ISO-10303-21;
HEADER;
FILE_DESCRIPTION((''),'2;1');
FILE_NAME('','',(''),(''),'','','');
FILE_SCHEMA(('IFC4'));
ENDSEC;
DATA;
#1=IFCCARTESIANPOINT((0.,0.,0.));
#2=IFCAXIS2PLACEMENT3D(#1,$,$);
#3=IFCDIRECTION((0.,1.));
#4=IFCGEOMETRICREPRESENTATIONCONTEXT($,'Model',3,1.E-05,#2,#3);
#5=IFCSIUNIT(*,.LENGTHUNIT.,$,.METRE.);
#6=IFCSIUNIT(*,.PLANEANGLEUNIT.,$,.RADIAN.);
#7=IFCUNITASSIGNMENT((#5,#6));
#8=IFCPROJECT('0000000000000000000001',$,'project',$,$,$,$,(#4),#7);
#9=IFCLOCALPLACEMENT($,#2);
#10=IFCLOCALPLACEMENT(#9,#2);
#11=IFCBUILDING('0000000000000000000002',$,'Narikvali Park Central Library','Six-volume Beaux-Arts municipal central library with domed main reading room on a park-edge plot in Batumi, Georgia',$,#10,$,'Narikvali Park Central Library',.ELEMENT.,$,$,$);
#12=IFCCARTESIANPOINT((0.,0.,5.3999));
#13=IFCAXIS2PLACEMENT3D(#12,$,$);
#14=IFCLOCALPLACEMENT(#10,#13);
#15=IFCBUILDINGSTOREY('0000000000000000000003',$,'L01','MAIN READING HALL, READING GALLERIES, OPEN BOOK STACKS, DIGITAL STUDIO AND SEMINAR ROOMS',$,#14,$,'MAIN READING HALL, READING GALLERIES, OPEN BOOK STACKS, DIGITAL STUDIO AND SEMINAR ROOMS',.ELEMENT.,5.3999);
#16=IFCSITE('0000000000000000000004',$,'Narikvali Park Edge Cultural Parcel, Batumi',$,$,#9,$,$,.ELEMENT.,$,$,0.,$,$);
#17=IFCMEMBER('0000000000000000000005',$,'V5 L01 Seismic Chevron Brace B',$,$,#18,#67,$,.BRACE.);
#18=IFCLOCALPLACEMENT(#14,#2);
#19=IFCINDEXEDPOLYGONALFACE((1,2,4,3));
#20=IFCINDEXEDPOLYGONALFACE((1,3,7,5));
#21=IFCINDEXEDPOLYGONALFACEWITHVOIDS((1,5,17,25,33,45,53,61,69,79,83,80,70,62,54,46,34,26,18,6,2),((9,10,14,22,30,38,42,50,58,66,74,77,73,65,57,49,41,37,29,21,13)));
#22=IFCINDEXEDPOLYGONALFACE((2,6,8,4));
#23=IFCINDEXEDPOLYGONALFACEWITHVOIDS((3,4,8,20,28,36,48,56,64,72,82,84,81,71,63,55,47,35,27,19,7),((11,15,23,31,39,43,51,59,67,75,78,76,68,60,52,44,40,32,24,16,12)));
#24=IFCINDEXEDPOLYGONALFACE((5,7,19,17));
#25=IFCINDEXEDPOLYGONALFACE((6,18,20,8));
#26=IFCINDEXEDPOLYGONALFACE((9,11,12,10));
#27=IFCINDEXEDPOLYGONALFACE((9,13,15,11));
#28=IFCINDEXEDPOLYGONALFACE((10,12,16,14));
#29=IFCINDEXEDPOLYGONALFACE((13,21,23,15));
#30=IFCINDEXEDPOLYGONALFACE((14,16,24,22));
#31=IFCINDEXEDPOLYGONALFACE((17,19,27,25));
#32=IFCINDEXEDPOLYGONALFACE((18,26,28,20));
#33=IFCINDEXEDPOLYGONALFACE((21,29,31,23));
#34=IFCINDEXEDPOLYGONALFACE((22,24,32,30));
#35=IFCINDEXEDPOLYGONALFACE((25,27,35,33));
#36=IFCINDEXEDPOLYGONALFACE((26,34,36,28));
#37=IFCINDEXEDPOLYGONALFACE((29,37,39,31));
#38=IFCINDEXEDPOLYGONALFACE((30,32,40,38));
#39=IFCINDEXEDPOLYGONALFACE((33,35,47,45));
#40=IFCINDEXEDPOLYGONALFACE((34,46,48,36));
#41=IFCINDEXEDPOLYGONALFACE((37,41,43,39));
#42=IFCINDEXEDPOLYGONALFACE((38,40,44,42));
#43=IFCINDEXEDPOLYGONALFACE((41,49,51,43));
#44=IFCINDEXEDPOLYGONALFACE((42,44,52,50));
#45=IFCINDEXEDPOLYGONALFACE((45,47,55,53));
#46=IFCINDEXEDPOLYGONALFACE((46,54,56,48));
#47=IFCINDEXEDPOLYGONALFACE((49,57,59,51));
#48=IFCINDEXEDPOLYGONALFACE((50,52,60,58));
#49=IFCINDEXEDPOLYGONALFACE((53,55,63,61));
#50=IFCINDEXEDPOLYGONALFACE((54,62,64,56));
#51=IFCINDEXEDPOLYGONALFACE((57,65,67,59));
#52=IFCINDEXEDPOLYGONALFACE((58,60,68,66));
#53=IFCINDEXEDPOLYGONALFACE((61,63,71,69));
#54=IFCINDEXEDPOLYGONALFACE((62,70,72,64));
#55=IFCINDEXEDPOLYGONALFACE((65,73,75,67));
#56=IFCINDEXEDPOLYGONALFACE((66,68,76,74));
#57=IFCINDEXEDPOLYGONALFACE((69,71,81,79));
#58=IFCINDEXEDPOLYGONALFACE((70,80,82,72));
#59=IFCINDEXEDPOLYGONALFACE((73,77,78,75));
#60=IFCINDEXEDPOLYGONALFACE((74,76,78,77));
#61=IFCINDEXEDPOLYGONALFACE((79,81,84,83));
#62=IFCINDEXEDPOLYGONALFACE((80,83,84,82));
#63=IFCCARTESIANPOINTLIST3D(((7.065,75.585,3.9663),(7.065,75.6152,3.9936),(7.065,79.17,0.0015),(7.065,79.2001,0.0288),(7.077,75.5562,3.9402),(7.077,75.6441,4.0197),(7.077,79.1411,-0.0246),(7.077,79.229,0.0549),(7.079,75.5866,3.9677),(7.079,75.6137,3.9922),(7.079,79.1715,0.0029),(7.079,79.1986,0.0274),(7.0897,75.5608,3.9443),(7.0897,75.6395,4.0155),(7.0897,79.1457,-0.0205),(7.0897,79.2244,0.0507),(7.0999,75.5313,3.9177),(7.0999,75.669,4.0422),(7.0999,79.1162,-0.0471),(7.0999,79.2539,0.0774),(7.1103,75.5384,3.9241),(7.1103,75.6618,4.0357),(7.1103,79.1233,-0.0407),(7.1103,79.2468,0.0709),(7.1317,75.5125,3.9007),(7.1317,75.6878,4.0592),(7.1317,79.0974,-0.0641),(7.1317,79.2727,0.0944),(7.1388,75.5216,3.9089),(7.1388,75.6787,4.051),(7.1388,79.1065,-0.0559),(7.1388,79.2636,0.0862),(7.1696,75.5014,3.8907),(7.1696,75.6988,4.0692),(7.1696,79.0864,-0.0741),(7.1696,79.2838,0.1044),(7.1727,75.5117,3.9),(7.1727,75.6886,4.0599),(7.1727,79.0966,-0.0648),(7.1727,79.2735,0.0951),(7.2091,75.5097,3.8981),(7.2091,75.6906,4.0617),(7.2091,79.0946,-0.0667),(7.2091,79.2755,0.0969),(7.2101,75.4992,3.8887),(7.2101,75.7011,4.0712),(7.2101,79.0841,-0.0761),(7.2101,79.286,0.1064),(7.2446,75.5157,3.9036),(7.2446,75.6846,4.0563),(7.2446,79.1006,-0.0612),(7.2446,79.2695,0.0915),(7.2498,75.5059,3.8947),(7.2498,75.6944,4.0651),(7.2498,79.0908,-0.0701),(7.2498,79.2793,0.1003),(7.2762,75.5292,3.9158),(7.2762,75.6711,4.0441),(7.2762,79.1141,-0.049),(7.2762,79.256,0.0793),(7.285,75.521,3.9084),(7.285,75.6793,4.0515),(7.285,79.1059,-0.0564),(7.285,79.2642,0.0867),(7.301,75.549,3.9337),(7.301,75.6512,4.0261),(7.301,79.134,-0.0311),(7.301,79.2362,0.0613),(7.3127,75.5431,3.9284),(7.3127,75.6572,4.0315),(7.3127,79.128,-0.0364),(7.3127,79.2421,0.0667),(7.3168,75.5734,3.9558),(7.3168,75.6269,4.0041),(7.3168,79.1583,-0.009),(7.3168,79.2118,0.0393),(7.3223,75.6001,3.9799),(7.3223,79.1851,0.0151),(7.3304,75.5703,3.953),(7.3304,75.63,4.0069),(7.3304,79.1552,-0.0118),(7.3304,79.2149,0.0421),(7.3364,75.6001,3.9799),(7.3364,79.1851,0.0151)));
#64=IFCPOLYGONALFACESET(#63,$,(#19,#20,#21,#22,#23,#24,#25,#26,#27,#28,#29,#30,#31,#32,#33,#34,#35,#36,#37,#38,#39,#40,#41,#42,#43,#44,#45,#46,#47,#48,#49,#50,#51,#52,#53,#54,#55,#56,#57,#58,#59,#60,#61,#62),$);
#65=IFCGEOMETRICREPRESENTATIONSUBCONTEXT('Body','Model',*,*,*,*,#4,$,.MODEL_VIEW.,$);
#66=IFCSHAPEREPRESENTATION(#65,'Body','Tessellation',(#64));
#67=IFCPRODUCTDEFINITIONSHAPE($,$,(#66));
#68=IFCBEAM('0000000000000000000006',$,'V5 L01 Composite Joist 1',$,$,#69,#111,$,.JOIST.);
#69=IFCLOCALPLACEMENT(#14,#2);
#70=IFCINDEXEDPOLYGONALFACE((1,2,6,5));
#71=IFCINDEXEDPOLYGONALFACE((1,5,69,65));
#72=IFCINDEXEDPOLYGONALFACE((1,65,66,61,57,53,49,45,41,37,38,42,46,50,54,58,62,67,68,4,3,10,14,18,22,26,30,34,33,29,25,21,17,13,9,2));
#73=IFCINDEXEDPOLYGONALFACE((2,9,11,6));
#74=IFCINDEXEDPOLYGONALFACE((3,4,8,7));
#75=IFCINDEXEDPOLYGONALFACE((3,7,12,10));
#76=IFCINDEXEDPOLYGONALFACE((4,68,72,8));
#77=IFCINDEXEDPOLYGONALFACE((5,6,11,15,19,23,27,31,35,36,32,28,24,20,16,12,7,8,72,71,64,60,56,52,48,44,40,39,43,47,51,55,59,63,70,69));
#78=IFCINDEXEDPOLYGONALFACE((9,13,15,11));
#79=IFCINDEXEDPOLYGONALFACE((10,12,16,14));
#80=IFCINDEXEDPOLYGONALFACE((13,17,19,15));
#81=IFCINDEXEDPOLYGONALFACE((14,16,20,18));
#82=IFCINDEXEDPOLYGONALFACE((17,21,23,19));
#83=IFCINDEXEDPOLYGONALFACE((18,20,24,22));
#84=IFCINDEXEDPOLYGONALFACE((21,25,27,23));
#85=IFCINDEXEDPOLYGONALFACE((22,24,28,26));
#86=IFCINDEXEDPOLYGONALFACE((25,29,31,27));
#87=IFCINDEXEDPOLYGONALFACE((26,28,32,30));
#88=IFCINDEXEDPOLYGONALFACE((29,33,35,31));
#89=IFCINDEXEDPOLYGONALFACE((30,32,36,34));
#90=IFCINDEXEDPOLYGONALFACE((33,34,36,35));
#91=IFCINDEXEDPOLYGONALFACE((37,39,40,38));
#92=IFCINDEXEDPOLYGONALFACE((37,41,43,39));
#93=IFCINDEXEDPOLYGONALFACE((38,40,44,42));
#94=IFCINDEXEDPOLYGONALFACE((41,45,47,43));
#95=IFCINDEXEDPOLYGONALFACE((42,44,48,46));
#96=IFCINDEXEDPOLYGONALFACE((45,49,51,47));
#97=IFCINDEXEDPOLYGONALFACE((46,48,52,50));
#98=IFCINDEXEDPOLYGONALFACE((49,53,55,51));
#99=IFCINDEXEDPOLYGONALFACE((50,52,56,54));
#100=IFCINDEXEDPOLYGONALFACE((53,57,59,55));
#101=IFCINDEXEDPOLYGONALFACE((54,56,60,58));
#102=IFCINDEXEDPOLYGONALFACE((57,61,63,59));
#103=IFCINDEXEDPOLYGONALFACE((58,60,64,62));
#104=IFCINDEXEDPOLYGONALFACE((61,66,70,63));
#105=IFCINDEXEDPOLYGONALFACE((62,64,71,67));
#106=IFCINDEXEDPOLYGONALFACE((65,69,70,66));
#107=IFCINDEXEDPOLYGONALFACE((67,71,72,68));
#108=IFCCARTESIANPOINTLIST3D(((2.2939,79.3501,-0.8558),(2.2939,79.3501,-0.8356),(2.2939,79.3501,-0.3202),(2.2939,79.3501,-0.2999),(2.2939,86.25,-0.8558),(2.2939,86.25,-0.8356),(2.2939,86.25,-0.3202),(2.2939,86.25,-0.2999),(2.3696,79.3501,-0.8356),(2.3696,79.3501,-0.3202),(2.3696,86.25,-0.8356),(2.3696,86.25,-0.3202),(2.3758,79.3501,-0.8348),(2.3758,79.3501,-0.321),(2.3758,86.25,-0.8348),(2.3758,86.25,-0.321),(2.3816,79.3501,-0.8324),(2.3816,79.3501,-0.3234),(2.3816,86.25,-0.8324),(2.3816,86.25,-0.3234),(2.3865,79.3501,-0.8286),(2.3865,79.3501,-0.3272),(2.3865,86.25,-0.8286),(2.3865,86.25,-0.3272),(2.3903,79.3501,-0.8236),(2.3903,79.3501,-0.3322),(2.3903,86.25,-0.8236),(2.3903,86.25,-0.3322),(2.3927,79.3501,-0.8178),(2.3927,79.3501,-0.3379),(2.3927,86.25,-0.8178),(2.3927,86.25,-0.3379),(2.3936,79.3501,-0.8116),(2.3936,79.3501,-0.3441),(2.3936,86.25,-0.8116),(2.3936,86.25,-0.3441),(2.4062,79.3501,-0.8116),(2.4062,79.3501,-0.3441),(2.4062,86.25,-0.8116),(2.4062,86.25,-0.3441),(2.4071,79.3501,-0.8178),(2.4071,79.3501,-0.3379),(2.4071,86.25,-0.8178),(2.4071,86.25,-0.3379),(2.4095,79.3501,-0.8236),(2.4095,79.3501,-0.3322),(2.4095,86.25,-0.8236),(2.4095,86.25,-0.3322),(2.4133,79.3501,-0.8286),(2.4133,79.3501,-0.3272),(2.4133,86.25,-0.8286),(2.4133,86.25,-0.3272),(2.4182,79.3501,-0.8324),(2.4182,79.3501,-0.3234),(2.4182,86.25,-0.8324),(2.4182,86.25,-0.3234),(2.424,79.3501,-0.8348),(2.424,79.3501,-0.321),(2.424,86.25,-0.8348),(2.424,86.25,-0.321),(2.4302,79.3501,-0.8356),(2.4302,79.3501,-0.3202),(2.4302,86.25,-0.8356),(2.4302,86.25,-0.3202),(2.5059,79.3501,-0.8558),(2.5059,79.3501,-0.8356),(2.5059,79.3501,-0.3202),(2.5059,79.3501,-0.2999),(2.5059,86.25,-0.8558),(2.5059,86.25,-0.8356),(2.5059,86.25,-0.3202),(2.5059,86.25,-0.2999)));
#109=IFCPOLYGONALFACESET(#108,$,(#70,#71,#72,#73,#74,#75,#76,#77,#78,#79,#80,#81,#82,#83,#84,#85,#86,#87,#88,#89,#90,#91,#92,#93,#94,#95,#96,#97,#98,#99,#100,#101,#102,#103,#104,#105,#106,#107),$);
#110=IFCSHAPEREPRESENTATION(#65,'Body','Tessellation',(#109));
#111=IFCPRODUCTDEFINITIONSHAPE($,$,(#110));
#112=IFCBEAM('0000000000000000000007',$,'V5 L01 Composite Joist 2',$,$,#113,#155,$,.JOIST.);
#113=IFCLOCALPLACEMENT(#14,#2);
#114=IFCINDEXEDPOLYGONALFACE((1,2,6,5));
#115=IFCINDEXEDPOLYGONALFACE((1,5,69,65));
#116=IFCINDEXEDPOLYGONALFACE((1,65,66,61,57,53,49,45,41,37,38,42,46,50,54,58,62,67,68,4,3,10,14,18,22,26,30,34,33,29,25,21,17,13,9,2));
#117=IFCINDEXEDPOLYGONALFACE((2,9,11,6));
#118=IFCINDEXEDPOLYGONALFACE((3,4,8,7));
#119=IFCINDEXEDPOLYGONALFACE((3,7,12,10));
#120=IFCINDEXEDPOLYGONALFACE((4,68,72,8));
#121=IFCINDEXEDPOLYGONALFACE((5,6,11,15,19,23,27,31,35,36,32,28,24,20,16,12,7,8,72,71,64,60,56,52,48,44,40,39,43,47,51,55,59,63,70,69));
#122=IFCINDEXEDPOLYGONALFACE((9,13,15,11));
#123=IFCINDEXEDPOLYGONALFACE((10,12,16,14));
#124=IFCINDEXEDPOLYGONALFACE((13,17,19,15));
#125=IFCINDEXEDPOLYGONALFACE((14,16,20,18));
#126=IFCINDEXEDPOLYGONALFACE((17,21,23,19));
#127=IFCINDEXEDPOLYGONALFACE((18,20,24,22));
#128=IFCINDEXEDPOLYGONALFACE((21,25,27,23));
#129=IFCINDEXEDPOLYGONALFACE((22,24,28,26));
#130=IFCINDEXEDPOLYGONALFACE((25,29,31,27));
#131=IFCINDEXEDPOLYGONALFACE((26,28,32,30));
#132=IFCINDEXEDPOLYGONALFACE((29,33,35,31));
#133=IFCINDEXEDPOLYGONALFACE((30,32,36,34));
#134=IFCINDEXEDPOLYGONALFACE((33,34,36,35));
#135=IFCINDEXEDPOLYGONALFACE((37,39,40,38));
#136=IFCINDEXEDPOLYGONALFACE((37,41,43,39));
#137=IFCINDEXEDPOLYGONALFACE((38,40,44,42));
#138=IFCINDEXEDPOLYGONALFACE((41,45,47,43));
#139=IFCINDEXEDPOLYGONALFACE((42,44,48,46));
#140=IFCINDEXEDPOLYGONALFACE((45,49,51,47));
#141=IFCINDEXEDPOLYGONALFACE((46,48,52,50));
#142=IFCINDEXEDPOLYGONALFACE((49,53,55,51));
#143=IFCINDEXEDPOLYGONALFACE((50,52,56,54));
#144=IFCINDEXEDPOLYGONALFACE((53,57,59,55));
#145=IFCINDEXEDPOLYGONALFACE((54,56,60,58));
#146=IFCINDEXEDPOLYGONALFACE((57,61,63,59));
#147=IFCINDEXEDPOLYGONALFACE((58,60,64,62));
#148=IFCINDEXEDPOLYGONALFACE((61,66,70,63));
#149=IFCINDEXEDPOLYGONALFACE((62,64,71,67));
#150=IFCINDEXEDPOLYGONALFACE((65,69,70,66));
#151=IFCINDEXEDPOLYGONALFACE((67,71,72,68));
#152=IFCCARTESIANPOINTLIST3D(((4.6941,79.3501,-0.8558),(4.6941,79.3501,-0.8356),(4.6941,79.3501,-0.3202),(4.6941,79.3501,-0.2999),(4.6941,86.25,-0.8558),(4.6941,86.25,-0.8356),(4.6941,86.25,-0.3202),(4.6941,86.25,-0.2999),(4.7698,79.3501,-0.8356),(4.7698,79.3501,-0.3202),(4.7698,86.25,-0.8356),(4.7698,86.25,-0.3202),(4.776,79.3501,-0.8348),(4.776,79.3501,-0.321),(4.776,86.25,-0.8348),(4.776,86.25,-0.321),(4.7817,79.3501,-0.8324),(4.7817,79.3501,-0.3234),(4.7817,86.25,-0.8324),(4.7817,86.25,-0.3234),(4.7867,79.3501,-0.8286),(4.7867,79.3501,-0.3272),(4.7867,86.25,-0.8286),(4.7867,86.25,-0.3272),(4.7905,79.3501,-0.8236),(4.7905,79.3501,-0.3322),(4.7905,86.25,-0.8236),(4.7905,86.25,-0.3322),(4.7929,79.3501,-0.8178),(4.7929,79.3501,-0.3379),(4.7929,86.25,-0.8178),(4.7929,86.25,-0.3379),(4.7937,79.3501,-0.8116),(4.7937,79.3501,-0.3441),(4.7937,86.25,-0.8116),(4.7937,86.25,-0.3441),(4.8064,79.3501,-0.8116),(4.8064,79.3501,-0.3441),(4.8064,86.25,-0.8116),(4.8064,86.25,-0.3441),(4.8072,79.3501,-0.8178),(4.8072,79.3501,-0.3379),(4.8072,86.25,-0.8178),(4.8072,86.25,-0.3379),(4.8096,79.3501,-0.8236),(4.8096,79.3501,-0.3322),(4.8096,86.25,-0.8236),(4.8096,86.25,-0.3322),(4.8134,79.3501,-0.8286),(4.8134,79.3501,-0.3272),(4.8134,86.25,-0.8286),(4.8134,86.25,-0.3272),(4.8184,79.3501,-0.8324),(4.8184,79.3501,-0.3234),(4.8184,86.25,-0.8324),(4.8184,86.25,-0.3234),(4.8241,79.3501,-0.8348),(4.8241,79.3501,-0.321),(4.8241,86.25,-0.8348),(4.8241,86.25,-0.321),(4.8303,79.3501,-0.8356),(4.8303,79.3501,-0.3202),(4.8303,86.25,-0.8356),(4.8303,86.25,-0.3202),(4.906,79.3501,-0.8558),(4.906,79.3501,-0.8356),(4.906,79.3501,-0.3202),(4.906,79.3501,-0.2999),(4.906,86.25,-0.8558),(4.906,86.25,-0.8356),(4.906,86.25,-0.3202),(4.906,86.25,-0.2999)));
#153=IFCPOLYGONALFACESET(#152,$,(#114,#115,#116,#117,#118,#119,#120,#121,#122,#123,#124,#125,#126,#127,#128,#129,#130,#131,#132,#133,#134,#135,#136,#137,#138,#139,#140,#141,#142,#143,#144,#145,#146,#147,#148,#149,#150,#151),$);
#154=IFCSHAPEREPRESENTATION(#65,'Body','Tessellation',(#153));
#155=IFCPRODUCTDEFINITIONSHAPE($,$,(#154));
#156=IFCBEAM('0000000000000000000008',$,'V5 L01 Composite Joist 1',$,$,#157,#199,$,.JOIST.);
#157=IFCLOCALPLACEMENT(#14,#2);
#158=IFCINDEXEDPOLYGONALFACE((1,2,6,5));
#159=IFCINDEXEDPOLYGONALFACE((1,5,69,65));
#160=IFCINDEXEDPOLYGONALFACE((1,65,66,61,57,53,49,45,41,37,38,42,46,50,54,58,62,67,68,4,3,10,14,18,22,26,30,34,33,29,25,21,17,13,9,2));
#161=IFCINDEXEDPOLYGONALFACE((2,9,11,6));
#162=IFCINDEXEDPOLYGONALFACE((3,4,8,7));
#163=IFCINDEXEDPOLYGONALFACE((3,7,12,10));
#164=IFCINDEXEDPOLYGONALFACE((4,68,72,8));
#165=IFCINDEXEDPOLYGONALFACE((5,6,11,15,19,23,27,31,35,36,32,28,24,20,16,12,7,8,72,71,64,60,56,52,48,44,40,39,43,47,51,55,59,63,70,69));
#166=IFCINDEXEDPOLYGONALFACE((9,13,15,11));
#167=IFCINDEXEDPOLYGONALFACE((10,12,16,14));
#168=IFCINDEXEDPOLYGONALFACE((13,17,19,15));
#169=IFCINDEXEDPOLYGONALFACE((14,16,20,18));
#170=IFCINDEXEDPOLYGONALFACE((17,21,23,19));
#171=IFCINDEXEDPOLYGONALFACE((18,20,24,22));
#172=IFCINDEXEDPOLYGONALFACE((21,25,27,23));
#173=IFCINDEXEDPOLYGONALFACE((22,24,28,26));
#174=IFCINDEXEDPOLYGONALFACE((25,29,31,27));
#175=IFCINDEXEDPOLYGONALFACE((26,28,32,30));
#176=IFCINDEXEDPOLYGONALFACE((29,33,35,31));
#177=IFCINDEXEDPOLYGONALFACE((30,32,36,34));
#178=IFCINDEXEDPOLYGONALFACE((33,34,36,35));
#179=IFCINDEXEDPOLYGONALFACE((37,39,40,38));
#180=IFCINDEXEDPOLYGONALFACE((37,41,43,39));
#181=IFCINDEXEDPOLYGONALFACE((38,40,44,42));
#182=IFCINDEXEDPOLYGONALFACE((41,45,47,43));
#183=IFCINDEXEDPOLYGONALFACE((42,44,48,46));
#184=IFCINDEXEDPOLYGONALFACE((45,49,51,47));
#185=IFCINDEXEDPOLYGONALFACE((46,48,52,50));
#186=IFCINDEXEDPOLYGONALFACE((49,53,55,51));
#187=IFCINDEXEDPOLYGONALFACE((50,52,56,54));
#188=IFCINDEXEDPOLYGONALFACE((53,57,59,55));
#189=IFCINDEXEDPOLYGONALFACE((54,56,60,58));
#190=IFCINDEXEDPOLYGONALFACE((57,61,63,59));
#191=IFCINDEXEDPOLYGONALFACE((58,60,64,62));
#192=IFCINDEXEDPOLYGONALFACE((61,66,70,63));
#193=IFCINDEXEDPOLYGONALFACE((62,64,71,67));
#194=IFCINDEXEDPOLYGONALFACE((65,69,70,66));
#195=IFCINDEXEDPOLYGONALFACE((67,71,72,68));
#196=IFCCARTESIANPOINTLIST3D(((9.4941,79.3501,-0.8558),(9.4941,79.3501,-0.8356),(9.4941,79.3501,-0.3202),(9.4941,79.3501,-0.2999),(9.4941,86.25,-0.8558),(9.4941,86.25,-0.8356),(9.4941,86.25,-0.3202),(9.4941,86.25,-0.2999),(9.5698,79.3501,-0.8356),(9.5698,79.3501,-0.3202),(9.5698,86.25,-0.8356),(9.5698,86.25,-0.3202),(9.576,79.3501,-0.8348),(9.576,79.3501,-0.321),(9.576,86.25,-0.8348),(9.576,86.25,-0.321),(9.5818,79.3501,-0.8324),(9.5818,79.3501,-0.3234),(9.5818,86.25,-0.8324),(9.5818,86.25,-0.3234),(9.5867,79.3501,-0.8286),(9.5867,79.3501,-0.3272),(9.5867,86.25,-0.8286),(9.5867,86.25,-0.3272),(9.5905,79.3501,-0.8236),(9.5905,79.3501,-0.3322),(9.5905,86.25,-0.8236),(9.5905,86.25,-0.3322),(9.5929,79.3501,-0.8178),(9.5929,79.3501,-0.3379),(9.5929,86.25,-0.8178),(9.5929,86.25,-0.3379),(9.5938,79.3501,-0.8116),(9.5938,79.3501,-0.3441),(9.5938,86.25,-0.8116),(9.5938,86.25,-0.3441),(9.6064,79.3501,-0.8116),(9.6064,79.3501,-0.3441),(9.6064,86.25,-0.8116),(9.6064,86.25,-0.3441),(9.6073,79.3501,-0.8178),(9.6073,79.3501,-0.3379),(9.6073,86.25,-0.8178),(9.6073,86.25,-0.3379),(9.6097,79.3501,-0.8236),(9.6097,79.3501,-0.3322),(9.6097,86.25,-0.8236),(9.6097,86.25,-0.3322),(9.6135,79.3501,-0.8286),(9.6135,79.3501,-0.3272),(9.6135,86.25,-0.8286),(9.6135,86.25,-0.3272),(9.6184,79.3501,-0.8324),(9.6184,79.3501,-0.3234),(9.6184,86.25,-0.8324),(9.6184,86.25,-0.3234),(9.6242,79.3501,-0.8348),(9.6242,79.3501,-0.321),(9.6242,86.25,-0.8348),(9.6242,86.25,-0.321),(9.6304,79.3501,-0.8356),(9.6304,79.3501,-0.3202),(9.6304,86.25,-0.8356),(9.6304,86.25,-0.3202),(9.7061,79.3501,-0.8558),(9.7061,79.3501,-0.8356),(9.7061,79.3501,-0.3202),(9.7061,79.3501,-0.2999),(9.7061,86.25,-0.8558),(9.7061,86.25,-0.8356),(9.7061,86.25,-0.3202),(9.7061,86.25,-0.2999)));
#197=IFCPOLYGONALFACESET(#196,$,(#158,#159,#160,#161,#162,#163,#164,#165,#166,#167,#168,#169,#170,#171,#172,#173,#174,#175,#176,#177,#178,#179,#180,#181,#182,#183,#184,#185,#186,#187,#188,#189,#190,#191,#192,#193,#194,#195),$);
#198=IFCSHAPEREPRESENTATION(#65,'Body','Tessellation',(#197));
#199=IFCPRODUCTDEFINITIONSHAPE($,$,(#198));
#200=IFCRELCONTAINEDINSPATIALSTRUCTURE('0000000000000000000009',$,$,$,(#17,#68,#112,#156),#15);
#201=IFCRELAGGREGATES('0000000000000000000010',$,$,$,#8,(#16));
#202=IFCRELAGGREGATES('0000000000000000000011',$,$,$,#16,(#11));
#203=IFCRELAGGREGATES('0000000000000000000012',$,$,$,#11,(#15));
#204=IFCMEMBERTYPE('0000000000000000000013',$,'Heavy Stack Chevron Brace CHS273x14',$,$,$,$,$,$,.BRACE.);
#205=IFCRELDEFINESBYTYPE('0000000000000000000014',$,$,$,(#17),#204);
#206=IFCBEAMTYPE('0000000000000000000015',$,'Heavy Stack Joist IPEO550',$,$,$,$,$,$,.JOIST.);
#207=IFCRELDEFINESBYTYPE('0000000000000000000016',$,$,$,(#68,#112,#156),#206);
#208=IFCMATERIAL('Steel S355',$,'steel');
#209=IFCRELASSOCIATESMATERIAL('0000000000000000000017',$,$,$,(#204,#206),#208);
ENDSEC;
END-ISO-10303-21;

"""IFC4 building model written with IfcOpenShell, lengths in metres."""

from ifc_helpers import new_model, si_unit, direction, frame, origin, origin_2d, place, context, subcontext, project, spatial, hollow_circle, i_section, extrude, material, material_profile, profile_set, type_object, element, save


model = new_model("IFC4")

# Units and contexts
model_context = context("Model", 3, precision=1e-05, world=origin(), true_north=direction((0.0, 1.0)))
body_context = subcontext(model_context, "Body", "Model", "MODEL_VIEW")
ifc_project = project(units=[si_unit("LENGTHUNIT", "METRE"), si_unit("PLANEANGLEUNIT", "RADIAN")], contexts=[model_context])

# Site, building, storey
site_placement = place(None, origin())
site = spatial("IfcSite", under=ifc_project, at=site_placement, Name="Narikvali Park Edge Cultural Parcel, Batumi", CompositionType="ELEMENT", RefElevation=0.0)
building_placement = place(site_placement, origin())
building = spatial("IfcBuilding", under=site, at=building_placement, Name="Narikvali Park Central Library", Description="Six-volume Beaux-Arts municipal central library with domed main reading room on a park-edge plot in Batumi, Georgia", LongName="Narikvali Park Central Library", CompositionType="ELEMENT")
storey_placement = place(building_placement, frame((0.0, 0.0, 5.3999)))
storey = spatial("IfcBuildingStorey", under=building, at=storey_placement, Name="L01", Description="MAIN READING HALL, READING GALLERIES, OPEN BOOK STACKS, DIGITAL STUDIO AND SEMINAR ROOMS", LongName="MAIN READING HALL, READING GALLERIES, OPEN BOOK STACKS, DIGITAL STUDIO AND SEMINAR ROOMS", CompositionType="ELEMENT", Elevation=5.3999)

# Shared definitions
ifc_material_1 = material(Name="Steel S355", Category="steel")

# Member
ifc_material_profile_1 = material_profile(ifc_material_1, hollow_circle(Radius=0.1365, WallThickness=0.0142, at=origin_2d()), Name="CHS 273x14.2")
ifc_profile_set_1 = profile_set([ifc_material_profile_1], Name="Steel S355")
member_type = type_object("IfcMemberType", Name="Heavy Stack Chevron Brace CHS273x14", PredefinedType="BRACE", material=ifc_profile_set_1)
member_placement = place(storey_placement, frame((7.2, 79.1851, 0.0151), z_axis=(0.0, -0.670679, 0.741748), x_axis=(1.0, 0.0, 0.0)))
element("IfcMember", 1, at=member_placement, inside=storey, type_object=member_type, Name="V5 L01 Seismic Chevron Brace B", PredefinedType="BRACE", context=body_context, shape_type="SweptSolid", body=[
    extrude(hollow_circle(Radius=0.1365, WallThickness=0.0142, at=origin_2d()), origin(), (0.0, 0.0, 1.0), 5.3452),
])

# Beams
ifc_material_profile_2 = material_profile(ifc_material_1, i_section(OverallWidth=0.2119, OverallDepth=0.5559, WebThickness=0.0127, FlangeThickness=0.0203, FilletRadius=0.0239, at=origin_2d()), Name="IPEO 550")
ifc_profile_set_2 = profile_set([ifc_material_profile_2], Name="Steel S355")
beam_type_1 = type_object("IfcBeamType", Name="Heavy Stack Joist IPEO550", PredefinedType="JOIST", material=ifc_profile_set_2)
for number, where, z_axis, x_axis, name in (
    (2, (2.3999, 79.3501, -0.5779), (0.0, 1.0, 0.0), (-1.0, 0.0, 0.0), "V5 L01 Composite Joist 1"),
    (3, (4.8, 79.3501, -0.5779), (0.0, 1.0, 0.0), (-1.0, 0.0, 0.0), "V5 L01 Composite Joist 2"),
    (4, (9.6001, 79.3501, -0.5779), (0.0, 1.0, 0.0), (-1.0, 0.0, 0.0), "V5 L01 Composite Joist 1"),
):
    element("IfcBeam", number, at=place(storey_placement, frame(where, z_axis=z_axis, x_axis=x_axis)), inside=storey, type_object=beam_type_1, Name=name, PredefinedType="JOIST", context=body_context, shape_type="SweptSolid", body=[
        extrude(i_section(OverallWidth=0.2119, OverallDepth=0.5559, WebThickness=0.0127, FlangeThickness=0.0203, FilletRadius=0.0239, at=origin_2d()), origin(), (0.0, 0.0, 1.0), 6.8999),
    ])

save(model, "model.ifc")
